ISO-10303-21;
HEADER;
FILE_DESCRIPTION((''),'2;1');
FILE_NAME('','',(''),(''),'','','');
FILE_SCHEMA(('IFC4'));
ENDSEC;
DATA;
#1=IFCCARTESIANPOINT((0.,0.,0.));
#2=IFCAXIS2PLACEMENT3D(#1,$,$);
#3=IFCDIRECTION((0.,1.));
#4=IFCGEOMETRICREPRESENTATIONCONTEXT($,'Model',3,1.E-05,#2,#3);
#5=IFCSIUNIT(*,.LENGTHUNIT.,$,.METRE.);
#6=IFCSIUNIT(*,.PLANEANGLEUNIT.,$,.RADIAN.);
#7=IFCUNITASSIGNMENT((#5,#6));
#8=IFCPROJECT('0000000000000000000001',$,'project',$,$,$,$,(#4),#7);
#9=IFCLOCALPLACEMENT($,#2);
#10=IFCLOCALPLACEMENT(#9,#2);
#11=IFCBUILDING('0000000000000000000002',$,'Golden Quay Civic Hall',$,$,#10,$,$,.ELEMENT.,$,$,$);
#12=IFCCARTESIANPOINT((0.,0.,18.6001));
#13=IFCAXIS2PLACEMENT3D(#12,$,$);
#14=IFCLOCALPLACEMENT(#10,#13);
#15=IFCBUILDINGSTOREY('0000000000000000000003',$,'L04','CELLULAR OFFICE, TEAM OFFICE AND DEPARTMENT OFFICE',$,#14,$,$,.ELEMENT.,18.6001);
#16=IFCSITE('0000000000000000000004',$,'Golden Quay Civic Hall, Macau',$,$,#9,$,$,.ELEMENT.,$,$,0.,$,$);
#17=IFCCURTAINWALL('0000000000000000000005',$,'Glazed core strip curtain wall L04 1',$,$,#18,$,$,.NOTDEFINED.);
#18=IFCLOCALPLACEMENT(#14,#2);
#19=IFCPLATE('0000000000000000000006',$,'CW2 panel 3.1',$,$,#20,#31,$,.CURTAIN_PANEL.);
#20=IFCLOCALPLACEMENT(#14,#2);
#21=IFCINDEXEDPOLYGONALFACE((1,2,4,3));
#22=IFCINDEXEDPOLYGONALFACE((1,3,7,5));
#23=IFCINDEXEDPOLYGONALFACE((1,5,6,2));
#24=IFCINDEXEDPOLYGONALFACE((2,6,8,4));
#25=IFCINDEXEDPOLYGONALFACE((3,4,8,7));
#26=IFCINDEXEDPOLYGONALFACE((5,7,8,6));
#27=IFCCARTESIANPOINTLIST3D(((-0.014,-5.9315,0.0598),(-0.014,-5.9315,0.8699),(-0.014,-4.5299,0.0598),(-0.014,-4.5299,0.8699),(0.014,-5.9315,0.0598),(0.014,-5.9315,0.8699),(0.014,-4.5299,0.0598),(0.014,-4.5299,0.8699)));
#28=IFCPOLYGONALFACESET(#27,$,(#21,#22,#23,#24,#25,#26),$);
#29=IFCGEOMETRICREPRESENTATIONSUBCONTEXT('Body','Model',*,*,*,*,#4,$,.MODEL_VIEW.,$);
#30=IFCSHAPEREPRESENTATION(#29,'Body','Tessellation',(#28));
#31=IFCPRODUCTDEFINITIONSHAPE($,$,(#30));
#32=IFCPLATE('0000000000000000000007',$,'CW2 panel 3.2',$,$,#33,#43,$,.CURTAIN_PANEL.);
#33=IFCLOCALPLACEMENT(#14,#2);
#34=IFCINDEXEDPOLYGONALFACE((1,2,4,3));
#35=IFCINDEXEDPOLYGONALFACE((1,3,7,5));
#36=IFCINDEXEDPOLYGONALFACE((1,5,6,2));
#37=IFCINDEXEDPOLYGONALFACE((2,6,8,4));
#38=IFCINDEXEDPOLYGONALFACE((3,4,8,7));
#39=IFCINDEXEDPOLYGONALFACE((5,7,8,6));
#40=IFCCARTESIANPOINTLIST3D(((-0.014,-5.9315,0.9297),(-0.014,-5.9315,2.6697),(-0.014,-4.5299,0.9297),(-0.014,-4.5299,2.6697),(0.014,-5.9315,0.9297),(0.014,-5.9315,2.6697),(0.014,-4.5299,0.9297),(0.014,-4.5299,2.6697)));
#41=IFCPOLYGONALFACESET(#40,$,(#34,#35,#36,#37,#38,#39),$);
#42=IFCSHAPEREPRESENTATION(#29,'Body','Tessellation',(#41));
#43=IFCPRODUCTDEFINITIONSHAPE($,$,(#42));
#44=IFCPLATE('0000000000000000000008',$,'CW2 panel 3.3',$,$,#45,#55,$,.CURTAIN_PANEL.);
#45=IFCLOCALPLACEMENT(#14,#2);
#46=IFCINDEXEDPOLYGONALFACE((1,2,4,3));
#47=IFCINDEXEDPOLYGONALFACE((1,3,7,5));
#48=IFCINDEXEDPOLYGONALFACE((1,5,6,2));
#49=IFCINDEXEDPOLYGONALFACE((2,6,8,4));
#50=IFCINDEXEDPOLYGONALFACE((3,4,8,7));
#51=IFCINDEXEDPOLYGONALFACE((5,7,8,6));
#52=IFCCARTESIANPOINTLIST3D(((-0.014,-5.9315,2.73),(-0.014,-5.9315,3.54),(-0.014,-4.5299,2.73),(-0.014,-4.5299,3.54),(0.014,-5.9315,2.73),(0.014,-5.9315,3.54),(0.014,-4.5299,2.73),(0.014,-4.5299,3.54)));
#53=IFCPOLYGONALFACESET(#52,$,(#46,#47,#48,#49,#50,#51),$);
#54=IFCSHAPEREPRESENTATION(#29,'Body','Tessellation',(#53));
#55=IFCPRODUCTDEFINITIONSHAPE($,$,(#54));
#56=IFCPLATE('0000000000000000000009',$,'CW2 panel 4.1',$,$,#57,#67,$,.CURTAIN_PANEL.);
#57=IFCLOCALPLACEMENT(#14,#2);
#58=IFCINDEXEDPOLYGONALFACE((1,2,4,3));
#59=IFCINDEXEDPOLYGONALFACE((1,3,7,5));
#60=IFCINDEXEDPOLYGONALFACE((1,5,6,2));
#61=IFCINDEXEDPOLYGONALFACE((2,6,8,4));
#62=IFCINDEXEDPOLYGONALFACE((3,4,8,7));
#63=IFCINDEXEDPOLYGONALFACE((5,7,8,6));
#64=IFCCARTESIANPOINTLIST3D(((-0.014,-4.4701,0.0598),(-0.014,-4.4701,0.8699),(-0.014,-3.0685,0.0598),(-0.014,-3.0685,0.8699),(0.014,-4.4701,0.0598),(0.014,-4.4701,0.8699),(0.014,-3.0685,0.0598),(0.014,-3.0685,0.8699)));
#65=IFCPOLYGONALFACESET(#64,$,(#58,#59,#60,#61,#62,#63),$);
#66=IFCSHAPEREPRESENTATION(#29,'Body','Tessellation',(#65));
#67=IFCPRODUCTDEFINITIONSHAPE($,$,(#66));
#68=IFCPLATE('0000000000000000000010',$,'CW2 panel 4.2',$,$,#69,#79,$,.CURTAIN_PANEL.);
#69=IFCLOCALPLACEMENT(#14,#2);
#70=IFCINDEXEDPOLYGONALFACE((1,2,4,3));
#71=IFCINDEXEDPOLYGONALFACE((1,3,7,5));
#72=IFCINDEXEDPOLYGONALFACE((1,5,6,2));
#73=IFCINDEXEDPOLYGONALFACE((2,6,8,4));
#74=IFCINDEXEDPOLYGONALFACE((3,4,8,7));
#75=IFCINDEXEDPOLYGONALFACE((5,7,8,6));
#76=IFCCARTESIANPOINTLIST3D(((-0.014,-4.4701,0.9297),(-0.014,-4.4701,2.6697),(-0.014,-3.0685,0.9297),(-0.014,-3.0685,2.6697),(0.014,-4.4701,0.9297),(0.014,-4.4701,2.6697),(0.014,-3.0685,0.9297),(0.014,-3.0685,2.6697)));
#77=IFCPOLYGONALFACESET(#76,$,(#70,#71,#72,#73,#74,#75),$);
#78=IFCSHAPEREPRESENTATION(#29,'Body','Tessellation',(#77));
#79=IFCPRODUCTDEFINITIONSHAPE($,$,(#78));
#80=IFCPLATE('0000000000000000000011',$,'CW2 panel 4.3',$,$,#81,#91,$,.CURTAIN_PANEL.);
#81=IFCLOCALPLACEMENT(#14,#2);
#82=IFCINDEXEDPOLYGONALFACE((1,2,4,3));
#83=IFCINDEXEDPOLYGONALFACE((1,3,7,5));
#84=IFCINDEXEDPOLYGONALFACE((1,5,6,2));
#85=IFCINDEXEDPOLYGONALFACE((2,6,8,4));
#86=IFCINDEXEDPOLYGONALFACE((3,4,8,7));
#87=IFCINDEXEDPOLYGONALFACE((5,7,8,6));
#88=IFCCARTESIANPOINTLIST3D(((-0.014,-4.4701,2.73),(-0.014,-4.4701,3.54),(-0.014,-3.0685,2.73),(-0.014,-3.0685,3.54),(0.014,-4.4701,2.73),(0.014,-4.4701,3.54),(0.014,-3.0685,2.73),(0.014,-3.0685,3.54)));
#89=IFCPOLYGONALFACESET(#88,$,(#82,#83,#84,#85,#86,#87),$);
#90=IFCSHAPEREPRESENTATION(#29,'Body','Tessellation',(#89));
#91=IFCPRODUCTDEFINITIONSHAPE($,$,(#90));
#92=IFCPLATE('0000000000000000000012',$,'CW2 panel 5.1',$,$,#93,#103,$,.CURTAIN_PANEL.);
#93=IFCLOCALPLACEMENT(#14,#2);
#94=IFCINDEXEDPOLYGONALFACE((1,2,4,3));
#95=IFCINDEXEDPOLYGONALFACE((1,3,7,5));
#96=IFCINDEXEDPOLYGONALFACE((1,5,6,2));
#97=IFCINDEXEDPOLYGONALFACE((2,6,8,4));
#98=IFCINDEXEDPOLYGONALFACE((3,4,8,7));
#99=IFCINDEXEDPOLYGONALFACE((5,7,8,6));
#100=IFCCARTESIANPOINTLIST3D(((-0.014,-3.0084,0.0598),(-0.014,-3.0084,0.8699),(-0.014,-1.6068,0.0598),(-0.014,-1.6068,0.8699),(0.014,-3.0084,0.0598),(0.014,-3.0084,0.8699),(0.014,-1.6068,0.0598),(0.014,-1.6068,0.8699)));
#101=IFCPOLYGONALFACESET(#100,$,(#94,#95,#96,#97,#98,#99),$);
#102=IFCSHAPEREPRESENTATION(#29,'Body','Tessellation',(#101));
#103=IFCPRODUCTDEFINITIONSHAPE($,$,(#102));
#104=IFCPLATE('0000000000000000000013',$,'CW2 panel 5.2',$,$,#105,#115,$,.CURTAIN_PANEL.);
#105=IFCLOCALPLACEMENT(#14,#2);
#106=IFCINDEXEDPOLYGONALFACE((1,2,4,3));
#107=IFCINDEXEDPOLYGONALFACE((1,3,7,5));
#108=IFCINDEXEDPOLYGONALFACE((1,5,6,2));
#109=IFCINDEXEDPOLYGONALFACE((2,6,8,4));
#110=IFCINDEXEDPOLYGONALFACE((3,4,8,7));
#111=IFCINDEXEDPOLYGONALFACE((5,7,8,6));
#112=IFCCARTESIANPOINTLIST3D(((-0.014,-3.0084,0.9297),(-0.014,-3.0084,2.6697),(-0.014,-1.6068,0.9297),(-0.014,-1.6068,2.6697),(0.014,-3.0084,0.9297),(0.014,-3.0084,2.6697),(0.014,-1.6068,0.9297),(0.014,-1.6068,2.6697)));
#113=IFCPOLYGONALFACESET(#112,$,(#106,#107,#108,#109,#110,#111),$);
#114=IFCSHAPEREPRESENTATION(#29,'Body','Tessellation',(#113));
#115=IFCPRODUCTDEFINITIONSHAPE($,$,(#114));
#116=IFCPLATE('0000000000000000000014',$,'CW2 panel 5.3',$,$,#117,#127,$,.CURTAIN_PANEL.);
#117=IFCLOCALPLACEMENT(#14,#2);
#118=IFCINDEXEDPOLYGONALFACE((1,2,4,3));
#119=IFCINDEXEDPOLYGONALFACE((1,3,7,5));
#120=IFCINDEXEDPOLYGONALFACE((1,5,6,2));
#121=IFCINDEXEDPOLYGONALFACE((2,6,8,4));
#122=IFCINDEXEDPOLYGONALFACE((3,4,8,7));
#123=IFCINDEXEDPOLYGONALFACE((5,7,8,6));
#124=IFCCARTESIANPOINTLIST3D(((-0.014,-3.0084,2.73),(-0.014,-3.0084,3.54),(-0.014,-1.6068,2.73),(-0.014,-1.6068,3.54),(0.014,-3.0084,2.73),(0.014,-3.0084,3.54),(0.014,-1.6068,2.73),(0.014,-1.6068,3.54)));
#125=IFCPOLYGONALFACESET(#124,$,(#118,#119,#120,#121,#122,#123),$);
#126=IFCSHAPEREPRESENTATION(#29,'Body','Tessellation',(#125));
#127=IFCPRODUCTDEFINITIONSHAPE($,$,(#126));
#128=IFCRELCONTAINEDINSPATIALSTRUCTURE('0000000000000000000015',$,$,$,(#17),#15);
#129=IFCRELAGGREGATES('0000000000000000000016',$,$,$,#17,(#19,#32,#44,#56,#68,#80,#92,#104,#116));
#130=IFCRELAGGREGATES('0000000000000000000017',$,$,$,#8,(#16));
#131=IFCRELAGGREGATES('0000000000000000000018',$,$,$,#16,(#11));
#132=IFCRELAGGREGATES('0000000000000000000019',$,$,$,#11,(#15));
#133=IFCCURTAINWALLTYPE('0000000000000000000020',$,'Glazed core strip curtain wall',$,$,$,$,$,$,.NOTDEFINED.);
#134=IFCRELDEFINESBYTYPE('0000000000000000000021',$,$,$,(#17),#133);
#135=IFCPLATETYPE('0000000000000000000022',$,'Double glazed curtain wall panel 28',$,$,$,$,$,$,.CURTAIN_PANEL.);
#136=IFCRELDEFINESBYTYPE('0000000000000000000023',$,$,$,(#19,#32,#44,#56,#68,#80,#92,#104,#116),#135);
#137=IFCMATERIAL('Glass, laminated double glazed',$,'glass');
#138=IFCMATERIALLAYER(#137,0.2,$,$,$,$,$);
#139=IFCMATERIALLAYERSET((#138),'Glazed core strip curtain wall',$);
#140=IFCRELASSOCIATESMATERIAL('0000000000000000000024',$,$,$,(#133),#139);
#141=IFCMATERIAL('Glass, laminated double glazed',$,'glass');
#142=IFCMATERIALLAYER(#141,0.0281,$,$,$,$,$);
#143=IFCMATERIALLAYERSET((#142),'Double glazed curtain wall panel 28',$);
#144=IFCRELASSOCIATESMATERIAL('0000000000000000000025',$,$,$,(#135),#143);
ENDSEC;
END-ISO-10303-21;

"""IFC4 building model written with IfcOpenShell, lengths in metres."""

from ifc_helpers import new_model, si_unit, direction, frame, origin, origin_2d, place, context, subcontext, project, spatial, rectangle, extrude, material, layer, layer_set, type_object, element, aggregate, save


model = new_model("IFC4")

# Units and contexts
model_context = context("Model", 3, precision=1e-05, world=origin(), true_north=direction((0.0, 1.0)))
body_context = subcontext(model_context, "Body", "Model", "MODEL_VIEW")
ifc_project = project(units=[si_unit("LENGTHUNIT", "METRE"), si_unit("PLANEANGLEUNIT", "RADIAN")], contexts=[model_context])

# Site, building, storey
site_placement = place(None, origin())
site = spatial("IfcSite", under=ifc_project, at=site_placement, Name="Golden Quay Civic Hall, Macau", CompositionType="ELEMENT", RefElevation=0.0)
building_placement = place(site_placement, origin())
building = spatial("IfcBuilding", under=site, at=building_placement, Name="Golden Quay Civic Hall", CompositionType="ELEMENT")
storey_placement = place(building_placement, frame((0.0, 0.0, 18.6001)))
storey = spatial("IfcBuildingStorey", under=building, at=storey_placement, Name="L04", Description="CELLULAR OFFICE, TEAM OFFICE AND DEPARTMENT OFFICE", CompositionType="ELEMENT", Elevation=18.6001)

# Curtain wall, plates
ifc_material_1 = material(Name="Glass, laminated double glazed", Category="glass")
ifc_layer_1 = layer(ifc_material_1, 0.2)
ifc_layer_set_1 = layer_set([ifc_layer_1], Name="Glazed core strip curtain wall")
curtain_wall_type = type_object("IfcCurtainWallType", Name="Glazed core strip curtain wall", PredefinedType="NOTDEFINED", material=ifc_layer_set_1)
curtain_wall_placement = place(storey_placement, origin())
curtain_wall = element("IfcCurtainWall", 1, at=curtain_wall_placement, inside=storey, type_object=curtain_wall_type, Name="Glazed core strip curtain wall L04 1", PredefinedType="NOTDEFINED")
ifc_material_2 = material(Name="Glass, laminated double glazed", Category="glass")
ifc_layer_2 = layer(ifc_material_2, 0.0281)
ifc_layer_set_2 = layer_set([ifc_layer_2], Name="Double glazed curtain wall panel 28")
plate_type = type_object("IfcPlateType", Name="Double glazed curtain wall panel 28", PredefinedType="CURTAIN_PANEL", material=ifc_layer_set_2)
plate_1_placement = place(storey_placement, frame((0.0, -5.2307, 0.0598), z_axis=(0.0, 0.0, 1.0), x_axis=(0.0, 1.0, 0.0)))
plate_1 = element("IfcPlate", 2, at=plate_1_placement, type_object=plate_type, Name="CW2 panel 3.1", PredefinedType="CURTAIN_PANEL", context=body_context, shape_type="SweptSolid", body=[
    extrude(rectangle(XDim=1.4016, YDim=0.0281, at=origin_2d()), origin(), (0.0, 0.0, 1.0), 0.8101),
])
plate_2_placement = place(storey_placement, frame((0.0, -5.2307, 0.9297), z_axis=(0.0, 0.0, 1.0), x_axis=(0.0, 1.0, 0.0)))
plate_2 = element("IfcPlate", 3, at=plate_2_placement, type_object=plate_type, Name="CW2 panel 3.2", PredefinedType="CURTAIN_PANEL", context=body_context, shape_type="SweptSolid", body=[
    extrude(rectangle(XDim=1.4016, YDim=0.0281, at=origin_2d()), origin(), (0.0, 0.0, 1.0), 1.74),
])
plate_3_placement = place(storey_placement, frame((0.0, -5.2307, 2.73), z_axis=(0.0, 0.0, 1.0), x_axis=(0.0, 1.0, 0.0)))
plate_3 = element("IfcPlate", 4, at=plate_3_placement, type_object=plate_type, Name="CW2 panel 3.3", PredefinedType="CURTAIN_PANEL", context=body_context, shape_type="SweptSolid", body=[
    extrude(rectangle(XDim=1.4016, YDim=0.0281, at=origin_2d()), origin(), (0.0, 0.0, 1.0), 0.8101),
])
plate_4_placement = place(storey_placement, frame((0.0, -3.7693, 0.0598), z_axis=(0.0, 0.0, 1.0), x_axis=(0.0, 1.0, 0.0)))
plate_4 = element("IfcPlate", 5, at=plate_4_placement, type_object=plate_type, Name="CW2 panel 4.1", PredefinedType="CURTAIN_PANEL", context=body_context, shape_type="SweptSolid", body=[
    extrude(rectangle(XDim=1.4016, YDim=0.0281, at=origin_2d()), origin(), (0.0, 0.0, 1.0), 0.8101),
])
plate_5_placement = place(storey_placement, frame((0.0, -3.7693, 0.9297), z_axis=(0.0, 0.0, 1.0), x_axis=(0.0, 1.0, 0.0)))
plate_5 = element("IfcPlate", 6, at=plate_5_placement, type_object=plate_type, Name="CW2 panel 4.2", PredefinedType="CURTAIN_PANEL", context=body_context, shape_type="SweptSolid", body=[
    extrude(rectangle(XDim=1.4016, YDim=0.0281, at=origin_2d()), origin(), (0.0, 0.0, 1.0), 1.74),
])
plate_6_placement = place(storey_placement, frame((0.0, -3.7693, 2.73), z_axis=(0.0, 0.0, 1.0), x_axis=(0.0, 1.0, 0.0)))
plate_6 = element("IfcPlate", 7, at=plate_6_placement, type_object=plate_type, Name="CW2 panel 4.3", PredefinedType="CURTAIN_PANEL", context=body_context, shape_type="SweptSolid", body=[
    extrude(rectangle(XDim=1.4016, YDim=0.0281, at=origin_2d()), origin(), (0.0, 0.0, 1.0), 0.8101),
])
plate_7_placement = place(storey_placement, frame((0.0, -2.3076, 0.0598), z_axis=(0.0, 0.0, 1.0), x_axis=(0.0, 1.0, 0.0)))
plate_7 = element("IfcPlate", 8, at=plate_7_placement, type_object=plate_type, Name="CW2 panel 5.1", PredefinedType="CURTAIN_PANEL", context=body_context, shape_type="SweptSolid", body=[
    extrude(rectangle(XDim=1.4016, YDim=0.0281, at=origin_2d()), origin(), (0.0, 0.0, 1.0), 0.8101),
])
plate_8_placement = place(storey_placement, frame((0.0, -2.3076, 0.9297), z_axis=(0.0, 0.0, 1.0), x_axis=(0.0, 1.0, 0.0)))
plate_8 = element("IfcPlate", 9, at=plate_8_placement, type_object=plate_type, Name="CW2 panel 5.2", PredefinedType="CURTAIN_PANEL", context=body_context, shape_type="SweptSolid", body=[
    extrude(rectangle(XDim=1.4016, YDim=0.0281, at=origin_2d()), origin(), (0.0, 0.0, 1.0), 1.74),
])
plate_9_placement = place(storey_placement, frame((0.0, -2.3076, 2.73), z_axis=(0.0, 0.0, 1.0), x_axis=(0.0, 1.0, 0.0)))
plate_9 = element("IfcPlate", 10, at=plate_9_placement, type_object=plate_type, Name="CW2 panel 5.3", PredefinedType="CURTAIN_PANEL", context=body_context, shape_type="SweptSolid", body=[
    extrude(rectangle(XDim=1.4016, YDim=0.0281, at=origin_2d()), origin(), (0.0, 0.0, 1.0), 0.8101),
])
aggregate(curtain_wall, [plate_1, plate_2, plate_3, plate_4, plate_5, plate_6, plate_7, plate_8, plate_9])

save(model, "model.ifc")
